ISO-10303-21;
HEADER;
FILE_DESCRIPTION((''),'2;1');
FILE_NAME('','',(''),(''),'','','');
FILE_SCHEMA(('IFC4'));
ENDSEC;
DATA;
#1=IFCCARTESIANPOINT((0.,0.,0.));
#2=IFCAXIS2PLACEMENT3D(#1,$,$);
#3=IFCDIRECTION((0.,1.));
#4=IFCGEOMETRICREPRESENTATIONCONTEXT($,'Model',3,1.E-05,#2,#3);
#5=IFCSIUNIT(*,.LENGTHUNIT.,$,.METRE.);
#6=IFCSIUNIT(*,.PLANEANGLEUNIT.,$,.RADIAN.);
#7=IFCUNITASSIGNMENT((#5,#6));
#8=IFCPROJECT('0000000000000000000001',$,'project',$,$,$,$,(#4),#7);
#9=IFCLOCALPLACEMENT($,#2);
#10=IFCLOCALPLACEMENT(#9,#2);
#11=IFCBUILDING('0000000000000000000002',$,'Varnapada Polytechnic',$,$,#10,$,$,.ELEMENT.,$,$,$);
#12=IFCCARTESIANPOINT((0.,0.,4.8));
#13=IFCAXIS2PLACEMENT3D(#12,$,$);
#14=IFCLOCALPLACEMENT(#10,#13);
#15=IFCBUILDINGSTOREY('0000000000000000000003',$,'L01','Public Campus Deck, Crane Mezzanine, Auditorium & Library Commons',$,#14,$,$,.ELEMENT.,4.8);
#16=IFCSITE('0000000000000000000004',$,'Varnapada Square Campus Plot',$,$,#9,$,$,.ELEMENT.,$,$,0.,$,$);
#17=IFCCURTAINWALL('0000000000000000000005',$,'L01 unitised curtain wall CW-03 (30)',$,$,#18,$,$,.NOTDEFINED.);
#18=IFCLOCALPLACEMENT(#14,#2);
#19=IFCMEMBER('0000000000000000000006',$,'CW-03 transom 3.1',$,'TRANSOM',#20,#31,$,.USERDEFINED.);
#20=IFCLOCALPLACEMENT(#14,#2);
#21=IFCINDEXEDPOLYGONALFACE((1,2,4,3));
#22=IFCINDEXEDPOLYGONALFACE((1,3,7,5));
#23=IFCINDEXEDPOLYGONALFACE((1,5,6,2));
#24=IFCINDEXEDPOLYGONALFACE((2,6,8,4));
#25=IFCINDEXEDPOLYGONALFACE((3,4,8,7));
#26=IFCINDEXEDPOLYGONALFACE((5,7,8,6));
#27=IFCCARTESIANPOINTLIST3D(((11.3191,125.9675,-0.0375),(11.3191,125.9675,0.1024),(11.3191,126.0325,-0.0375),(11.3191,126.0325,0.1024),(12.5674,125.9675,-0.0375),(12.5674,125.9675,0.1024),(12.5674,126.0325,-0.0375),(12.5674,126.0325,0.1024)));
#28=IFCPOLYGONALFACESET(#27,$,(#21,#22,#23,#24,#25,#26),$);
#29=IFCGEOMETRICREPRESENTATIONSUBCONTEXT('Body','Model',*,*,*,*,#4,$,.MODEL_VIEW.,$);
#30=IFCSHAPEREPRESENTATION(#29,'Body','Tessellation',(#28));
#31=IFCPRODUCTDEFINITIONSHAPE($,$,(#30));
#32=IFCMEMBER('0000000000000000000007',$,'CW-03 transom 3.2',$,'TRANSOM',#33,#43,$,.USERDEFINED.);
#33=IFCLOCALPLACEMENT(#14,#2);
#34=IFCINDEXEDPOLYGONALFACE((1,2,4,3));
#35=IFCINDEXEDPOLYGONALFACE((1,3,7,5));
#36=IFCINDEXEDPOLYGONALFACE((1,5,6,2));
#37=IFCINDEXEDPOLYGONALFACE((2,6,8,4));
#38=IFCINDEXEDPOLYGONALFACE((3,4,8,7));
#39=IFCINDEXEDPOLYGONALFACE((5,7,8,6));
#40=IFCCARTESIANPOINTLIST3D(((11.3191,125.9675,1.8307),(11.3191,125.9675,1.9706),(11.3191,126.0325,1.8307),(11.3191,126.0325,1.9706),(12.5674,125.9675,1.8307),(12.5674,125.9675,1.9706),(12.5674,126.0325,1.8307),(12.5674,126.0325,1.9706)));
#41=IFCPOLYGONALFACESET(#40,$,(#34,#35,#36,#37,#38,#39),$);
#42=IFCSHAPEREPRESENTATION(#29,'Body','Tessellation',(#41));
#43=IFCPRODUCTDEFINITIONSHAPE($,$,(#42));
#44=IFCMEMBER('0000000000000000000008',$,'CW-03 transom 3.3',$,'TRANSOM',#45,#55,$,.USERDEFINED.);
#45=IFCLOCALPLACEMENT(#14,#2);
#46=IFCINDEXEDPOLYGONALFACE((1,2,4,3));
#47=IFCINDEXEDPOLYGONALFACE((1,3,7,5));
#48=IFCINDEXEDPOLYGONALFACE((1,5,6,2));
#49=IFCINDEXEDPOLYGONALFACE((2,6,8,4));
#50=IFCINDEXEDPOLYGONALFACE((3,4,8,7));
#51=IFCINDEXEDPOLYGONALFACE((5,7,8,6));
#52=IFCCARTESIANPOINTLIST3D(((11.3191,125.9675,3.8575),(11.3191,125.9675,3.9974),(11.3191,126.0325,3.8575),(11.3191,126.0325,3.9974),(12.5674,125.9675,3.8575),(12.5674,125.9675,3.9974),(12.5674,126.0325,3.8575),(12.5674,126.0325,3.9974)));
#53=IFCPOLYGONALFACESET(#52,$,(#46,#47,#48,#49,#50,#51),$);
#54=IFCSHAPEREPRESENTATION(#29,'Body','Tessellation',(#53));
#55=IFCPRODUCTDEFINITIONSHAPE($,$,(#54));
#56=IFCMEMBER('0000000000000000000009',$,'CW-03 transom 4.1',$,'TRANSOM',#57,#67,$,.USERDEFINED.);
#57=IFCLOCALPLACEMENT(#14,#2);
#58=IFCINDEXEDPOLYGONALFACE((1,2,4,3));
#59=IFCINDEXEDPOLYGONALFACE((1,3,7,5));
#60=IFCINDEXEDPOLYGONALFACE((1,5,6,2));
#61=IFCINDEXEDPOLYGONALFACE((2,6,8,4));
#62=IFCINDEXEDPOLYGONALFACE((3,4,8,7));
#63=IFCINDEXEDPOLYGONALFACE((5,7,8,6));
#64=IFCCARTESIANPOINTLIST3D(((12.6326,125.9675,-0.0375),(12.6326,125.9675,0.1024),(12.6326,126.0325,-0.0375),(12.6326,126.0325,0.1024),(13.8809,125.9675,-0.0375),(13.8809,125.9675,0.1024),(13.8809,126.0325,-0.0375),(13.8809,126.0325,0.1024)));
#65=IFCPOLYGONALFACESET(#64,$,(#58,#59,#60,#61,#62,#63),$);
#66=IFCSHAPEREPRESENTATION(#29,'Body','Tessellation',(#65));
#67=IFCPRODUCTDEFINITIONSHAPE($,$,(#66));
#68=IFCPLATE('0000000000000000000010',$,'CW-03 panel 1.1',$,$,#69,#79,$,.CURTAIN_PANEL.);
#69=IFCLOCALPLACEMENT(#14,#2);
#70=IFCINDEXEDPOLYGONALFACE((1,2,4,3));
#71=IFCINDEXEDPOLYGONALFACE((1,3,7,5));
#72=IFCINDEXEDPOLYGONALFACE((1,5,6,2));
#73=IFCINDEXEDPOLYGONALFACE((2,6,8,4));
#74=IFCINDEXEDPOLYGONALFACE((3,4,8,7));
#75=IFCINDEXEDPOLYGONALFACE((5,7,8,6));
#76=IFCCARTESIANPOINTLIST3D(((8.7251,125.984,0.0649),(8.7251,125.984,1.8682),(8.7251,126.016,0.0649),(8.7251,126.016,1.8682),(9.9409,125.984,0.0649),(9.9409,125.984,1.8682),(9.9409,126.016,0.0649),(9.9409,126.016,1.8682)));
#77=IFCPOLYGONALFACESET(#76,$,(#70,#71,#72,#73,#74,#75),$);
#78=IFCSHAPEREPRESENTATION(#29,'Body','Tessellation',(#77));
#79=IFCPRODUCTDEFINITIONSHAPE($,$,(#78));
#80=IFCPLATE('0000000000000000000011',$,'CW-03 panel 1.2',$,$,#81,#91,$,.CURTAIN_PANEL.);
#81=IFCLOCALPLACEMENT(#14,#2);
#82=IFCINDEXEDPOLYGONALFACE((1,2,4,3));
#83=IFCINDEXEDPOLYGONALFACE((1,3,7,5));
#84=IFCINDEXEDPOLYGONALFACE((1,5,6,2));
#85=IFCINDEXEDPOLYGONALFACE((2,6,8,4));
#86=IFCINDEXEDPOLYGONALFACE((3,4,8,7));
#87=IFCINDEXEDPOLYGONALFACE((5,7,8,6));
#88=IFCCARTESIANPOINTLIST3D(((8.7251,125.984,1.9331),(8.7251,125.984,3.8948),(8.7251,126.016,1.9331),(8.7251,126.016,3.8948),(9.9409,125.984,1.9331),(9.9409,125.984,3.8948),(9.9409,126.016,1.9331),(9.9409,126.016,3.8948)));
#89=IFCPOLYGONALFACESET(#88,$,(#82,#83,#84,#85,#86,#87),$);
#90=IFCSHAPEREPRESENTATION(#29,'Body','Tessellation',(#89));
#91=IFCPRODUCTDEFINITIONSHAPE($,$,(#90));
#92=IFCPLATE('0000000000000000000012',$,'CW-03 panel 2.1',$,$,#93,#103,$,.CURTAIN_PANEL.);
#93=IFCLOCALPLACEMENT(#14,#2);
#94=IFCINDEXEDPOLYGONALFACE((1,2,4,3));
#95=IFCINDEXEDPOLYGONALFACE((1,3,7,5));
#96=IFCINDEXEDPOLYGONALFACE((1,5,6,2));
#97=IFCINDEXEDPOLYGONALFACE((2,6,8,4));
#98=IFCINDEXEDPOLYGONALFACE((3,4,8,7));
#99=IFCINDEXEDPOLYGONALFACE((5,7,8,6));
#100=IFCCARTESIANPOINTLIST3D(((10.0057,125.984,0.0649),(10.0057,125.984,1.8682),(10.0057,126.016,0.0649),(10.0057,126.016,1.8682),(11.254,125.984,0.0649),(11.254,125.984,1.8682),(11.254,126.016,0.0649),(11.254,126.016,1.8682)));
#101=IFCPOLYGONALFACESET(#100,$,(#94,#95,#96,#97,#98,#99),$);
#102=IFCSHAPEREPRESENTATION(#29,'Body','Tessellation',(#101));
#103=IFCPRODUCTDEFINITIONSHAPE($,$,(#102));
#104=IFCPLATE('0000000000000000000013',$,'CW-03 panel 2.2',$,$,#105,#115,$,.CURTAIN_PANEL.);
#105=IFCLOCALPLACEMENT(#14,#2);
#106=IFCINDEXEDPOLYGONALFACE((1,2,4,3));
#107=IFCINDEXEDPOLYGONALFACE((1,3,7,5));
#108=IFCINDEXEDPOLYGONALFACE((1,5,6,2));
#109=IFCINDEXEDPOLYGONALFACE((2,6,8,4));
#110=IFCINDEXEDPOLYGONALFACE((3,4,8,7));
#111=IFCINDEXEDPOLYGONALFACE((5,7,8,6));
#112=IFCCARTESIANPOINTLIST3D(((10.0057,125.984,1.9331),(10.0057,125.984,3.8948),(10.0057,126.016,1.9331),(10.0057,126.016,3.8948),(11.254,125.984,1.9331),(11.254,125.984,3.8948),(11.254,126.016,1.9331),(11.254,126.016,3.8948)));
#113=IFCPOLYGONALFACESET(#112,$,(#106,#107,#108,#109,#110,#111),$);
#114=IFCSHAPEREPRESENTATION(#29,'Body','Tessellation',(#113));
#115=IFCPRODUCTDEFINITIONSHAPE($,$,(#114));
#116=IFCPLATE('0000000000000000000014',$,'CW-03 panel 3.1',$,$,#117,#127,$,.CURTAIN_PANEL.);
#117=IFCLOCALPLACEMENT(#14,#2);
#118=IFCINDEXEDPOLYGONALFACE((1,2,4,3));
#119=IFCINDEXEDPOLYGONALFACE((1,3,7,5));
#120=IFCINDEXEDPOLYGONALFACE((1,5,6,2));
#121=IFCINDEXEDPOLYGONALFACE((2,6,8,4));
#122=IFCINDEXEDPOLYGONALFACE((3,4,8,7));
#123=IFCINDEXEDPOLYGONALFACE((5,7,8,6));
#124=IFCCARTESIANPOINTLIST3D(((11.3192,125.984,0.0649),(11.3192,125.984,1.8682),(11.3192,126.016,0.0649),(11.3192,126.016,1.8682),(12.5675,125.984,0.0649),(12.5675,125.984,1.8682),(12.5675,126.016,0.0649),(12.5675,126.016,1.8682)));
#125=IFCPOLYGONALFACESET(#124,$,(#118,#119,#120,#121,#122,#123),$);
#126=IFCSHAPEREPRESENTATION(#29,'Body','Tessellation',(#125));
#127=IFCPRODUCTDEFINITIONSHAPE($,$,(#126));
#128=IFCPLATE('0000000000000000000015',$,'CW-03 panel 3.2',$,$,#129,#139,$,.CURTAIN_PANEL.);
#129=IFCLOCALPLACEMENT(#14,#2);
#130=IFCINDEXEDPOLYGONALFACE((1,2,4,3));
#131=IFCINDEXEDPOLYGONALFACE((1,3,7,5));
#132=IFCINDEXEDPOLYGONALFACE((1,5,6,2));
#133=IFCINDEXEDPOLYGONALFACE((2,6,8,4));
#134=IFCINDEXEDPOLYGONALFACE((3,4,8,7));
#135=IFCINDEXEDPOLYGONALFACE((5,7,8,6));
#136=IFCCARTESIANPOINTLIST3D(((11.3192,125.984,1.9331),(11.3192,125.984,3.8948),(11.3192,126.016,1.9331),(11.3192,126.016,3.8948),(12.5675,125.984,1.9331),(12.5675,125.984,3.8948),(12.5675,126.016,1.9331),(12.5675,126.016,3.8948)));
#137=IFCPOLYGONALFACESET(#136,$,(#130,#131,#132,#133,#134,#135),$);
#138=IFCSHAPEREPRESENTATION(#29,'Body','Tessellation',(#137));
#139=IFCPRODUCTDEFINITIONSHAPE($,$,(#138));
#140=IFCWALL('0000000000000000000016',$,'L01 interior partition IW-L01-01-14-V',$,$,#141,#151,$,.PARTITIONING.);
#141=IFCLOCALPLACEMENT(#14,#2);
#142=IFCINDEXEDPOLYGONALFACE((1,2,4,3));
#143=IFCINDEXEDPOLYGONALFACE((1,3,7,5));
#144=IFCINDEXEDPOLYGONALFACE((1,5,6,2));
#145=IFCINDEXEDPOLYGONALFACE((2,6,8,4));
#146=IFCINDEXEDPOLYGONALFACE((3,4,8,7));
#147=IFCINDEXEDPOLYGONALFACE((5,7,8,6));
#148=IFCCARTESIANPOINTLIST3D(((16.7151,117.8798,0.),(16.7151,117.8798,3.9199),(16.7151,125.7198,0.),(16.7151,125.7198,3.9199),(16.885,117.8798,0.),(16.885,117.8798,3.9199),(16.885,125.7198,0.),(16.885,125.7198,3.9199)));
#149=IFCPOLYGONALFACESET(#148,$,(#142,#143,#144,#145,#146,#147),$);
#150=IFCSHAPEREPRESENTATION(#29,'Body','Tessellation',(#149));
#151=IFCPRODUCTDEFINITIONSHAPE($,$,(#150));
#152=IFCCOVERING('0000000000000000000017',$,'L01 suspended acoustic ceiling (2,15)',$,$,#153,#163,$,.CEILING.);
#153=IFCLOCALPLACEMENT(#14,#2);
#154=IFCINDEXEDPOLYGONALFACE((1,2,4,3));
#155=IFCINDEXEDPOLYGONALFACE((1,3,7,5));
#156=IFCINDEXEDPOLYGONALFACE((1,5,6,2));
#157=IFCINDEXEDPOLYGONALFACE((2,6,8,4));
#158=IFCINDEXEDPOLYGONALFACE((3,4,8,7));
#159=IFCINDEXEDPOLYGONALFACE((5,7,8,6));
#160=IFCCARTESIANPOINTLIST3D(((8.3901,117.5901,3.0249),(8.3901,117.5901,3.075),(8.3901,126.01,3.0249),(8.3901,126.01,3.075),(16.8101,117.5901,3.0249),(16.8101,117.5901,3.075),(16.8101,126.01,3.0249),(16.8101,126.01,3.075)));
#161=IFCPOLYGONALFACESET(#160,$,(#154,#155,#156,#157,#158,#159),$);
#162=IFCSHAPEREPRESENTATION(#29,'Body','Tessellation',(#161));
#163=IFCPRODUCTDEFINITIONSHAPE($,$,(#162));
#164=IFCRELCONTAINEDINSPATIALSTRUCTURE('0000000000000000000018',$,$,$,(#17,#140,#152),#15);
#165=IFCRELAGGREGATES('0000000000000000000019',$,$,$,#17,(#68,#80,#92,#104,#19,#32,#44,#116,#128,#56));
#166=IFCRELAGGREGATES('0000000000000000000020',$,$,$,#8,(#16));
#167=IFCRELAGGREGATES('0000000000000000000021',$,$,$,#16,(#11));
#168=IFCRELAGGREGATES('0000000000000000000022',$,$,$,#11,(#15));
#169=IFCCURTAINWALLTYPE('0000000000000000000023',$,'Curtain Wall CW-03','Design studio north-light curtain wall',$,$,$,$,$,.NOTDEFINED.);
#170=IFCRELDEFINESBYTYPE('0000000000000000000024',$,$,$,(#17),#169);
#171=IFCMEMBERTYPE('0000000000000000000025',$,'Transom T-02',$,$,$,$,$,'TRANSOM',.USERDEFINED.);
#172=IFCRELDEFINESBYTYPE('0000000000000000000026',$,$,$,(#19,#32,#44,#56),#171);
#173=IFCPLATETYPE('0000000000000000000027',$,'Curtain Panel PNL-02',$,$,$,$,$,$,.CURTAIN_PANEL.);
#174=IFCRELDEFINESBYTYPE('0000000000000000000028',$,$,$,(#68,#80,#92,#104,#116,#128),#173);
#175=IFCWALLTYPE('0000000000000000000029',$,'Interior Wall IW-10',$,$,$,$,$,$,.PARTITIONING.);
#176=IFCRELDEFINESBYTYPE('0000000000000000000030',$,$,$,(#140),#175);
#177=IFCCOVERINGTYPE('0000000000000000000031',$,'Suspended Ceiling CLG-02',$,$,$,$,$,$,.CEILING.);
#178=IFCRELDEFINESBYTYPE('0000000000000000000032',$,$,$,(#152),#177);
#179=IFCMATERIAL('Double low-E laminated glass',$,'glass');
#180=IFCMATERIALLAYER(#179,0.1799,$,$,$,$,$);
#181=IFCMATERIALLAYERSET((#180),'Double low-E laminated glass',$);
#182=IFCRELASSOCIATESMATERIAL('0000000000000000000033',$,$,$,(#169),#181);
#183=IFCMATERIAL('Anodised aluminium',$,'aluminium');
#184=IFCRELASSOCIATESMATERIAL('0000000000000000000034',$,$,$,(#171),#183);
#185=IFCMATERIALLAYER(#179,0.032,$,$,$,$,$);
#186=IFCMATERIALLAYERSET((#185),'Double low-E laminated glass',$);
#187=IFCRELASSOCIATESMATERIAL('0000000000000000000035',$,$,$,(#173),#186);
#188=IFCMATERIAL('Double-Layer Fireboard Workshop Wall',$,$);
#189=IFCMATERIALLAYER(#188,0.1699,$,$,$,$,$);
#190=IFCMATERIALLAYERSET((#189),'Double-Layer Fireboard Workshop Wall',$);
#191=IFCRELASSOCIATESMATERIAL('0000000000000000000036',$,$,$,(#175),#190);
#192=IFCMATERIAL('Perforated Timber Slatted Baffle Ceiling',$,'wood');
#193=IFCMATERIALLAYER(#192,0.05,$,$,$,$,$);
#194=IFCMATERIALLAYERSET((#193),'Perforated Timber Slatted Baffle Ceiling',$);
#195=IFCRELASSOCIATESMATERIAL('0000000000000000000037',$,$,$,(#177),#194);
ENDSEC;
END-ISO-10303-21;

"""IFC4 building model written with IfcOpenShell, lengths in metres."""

from ifc_helpers import new_model, si_unit, direction, frame, frame_2d, origin, origin_2d, place, context, subcontext, project, spatial, rectangle, extrude, material, layer, layer_set, material_profile, profile_set, type_object, element, aggregate, save


model = new_model("IFC4")

# Units and contexts
model_context = context("Model", 3, precision=1e-05, world=origin(), true_north=direction((0.0, 1.0)))
body_context = subcontext(model_context, "Body", "Model", "MODEL_VIEW")
ifc_project = project(units=[si_unit("LENGTHUNIT", "METRE"), si_unit("PLANEANGLEUNIT", "RADIAN")], contexts=[model_context])

# Site, building, storey
site_placement = place(None, origin())
site = spatial("IfcSite", under=ifc_project, at=site_placement, Name="Varnapada Square Campus Plot", CompositionType="ELEMENT", RefElevation=0.0)
building_placement = place(site_placement, origin())
building = spatial("IfcBuilding", under=site, at=building_placement, Name="Varnapada Polytechnic", CompositionType="ELEMENT")
storey_placement = place(building_placement, frame((0.0, 0.0, 4.8)))
storey = spatial("IfcBuildingStorey", under=building, at=storey_placement, Name="L01", Description="Public Campus Deck, Crane Mezzanine, Auditorium & Library Commons", CompositionType="ELEMENT", Elevation=4.8)

# Curtain wall
ifc_material_1 = material(Name="Double low-E laminated glass", Category="glass")
ifc_layer_1 = layer(ifc_material_1, 0.1799)
ifc_layer_set_1 = layer_set([ifc_layer_1], Name="Double low-E laminated glass")
curtain_wall_type = type_object("IfcCurtainWallType", Name="Curtain Wall CW-03", Description="Design studio north-light curtain wall", PredefinedType="NOTDEFINED", material=ifc_layer_set_1)
curtain_wall_placement = place(storey_placement, origin())
curtain_wall = element("IfcCurtainWall", 1, at=curtain_wall_placement, inside=storey, type_object=curtain_wall_type, Name="L01 unitised curtain wall CW-03 (30)", PredefinedType="NOTDEFINED")
ifc_material_2 = material(Name="Anodised aluminium", Category="aluminium")

# Members
ifc_material_profile_1 = material_profile(ifc_material_2, rectangle(XDim=0.0649, YDim=0.1399, at=origin_2d()), Name="ALU T65x140")
ifc_profile_set_1 = profile_set([ifc_material_profile_1], Name="Anodised aluminium")
member_type_1 = type_object("IfcMemberType", Name="Transom T-02", ElementType="TRANSOM", PredefinedType="USERDEFINED", material=ifc_profile_set_1)
member_1_placement = place(storey_placement, frame((11.3191, 126.0, 0.0325), z_axis=(1.0, 0.0, 0.0), x_axis=(0.0, 1.0, 0.0)))
member_1 = element("IfcMember", 2, at=member_1_placement, type_object=member_type_1, Name="CW-03 transom 3.1", ObjectType="TRANSOM", PredefinedType="USERDEFINED", context=body_context, shape_type="SweptSolid", body=[
    extrude(rectangle(XDim=0.0649, YDim=0.1399, at=origin_2d()), origin(), (0.0, 0.0, 1.0), 1.2483),
])
member_2_placement = place(storey_placement, frame((11.3191, 126.0, 1.9006), z_axis=(1.0, 0.0, 0.0), x_axis=(0.0, 1.0, 0.0)))
member_2 = element("IfcMember", 3, at=member_2_placement, type_object=member_type_1, Name="CW-03 transom 3.2", ObjectType="TRANSOM", PredefinedType="USERDEFINED", context=body_context, shape_type="SweptSolid", body=[
    extrude(rectangle(XDim=0.0649, YDim=0.1399, at=origin_2d()), origin(), (0.0, 0.0, 1.0), 1.2483),
])
member_3_placement = place(storey_placement, frame((11.3191, 126.0, 3.9275), z_axis=(1.0, 0.0, 0.0), x_axis=(0.0, 1.0, 0.0)))
member_3 = element("IfcMember", 4, at=member_3_placement, type_object=member_type_1, Name="CW-03 transom 3.3", ObjectType="TRANSOM", PredefinedType="USERDEFINED", context=body_context, shape_type="SweptSolid", body=[
    extrude(rectangle(XDim=0.0649, YDim=0.1399, at=origin_2d()), origin(), (0.0, 0.0, 1.0), 1.2483),
])
member_4_placement = place(storey_placement, frame((12.6326, 126.0, 0.0325), z_axis=(1.0, 0.0, 0.0), x_axis=(0.0, 1.0, 0.0)))
member_4 = element("IfcMember", 5, at=member_4_placement, type_object=member_type_1, Name="CW-03 transom 4.1", ObjectType="TRANSOM", PredefinedType="USERDEFINED", context=body_context, shape_type="SweptSolid", body=[
    extrude(rectangle(XDim=0.0649, YDim=0.1399, at=origin_2d()), origin(), (0.0, 0.0, 1.0), 1.2483),
])

# Plates
ifc_layer_2 = layer(ifc_material_1, 0.032)
ifc_layer_set_2 = layer_set([ifc_layer_2], Name="Double low-E laminated glass")
plate_type = type_object("IfcPlateType", Name="Curtain Panel PNL-02", PredefinedType="CURTAIN_PANEL", material=ifc_layer_set_2)
plate_1_placement = place(storey_placement, frame((9.333, 126.0, 0.0649), z_axis=(0.0, 0.0, 1.0), x_axis=(1.0, 0.0, 0.0)))
plate_1 = element("IfcPlate", 6, at=plate_1_placement, type_object=plate_type, Name="CW-03 panel 1.1", PredefinedType="CURTAIN_PANEL", context=body_context, shape_type="SweptSolid", body=[
    extrude(rectangle(XDim=1.2158, YDim=0.032, at=origin_2d()), origin(), (0.0, 0.0, 1.0), 1.8032),
])
plate_2_placement = place(storey_placement, frame((9.333, 126.0, 1.9331), z_axis=(0.0, 0.0, 1.0), x_axis=(1.0, 0.0, 0.0)))
plate_2 = element("IfcPlate", 7, at=plate_2_placement, type_object=plate_type, Name="CW-03 panel 1.2", PredefinedType="CURTAIN_PANEL", context=body_context, shape_type="SweptSolid", body=[
    extrude(rectangle(XDim=1.2158, YDim=0.032, at=origin_2d()), origin(), (0.0, 0.0, 1.0), 1.9617),
])
plate_3_placement = place(storey_placement, frame((10.6299, 126.0, 0.0649), z_axis=(0.0, 0.0, 1.0), x_axis=(1.0, 0.0, 0.0)))
plate_3 = element("IfcPlate", 8, at=plate_3_placement, type_object=plate_type, Name="CW-03 panel 2.1", PredefinedType="CURTAIN_PANEL", context=body_context, shape_type="SweptSolid", body=[
    extrude(rectangle(XDim=1.2483, YDim=0.032, at=origin_2d()), origin(), (0.0, 0.0, 1.0), 1.8032),
])
plate_4_placement = place(storey_placement, frame((10.6299, 126.0, 1.9331), z_axis=(0.0, 0.0, 1.0), x_axis=(1.0, 0.0, 0.0)))
plate_4 = element("IfcPlate", 9, at=plate_4_placement, type_object=plate_type, Name="CW-03 panel 2.2", PredefinedType="CURTAIN_PANEL", context=body_context, shape_type="SweptSolid", body=[
    extrude(rectangle(XDim=1.2483, YDim=0.032, at=origin_2d()), origin(), (0.0, 0.0, 1.0), 1.9617),
])
plate_5_placement = place(storey_placement, frame((11.9434, 126.0, 0.0649), z_axis=(0.0, 0.0, 1.0), x_axis=(1.0, 0.0, 0.0)))
plate_5 = element("IfcPlate", 10, at=plate_5_placement, type_object=plate_type, Name="CW-03 panel 3.1", PredefinedType="CURTAIN_PANEL", context=body_context, shape_type="SweptSolid", body=[
    extrude(rectangle(XDim=1.2483, YDim=0.032, at=origin_2d()), origin(), (0.0, 0.0, 1.0), 1.8032),
])
plate_6_placement = place(storey_placement, frame((11.9434, 126.0, 1.9331), z_axis=(0.0, 0.0, 1.0), x_axis=(1.0, 0.0, 0.0)))
plate_6 = element("IfcPlate", 11, at=plate_6_placement, type_object=plate_type, Name="CW-03 panel 3.2", PredefinedType="CURTAIN_PANEL", context=body_context, shape_type="SweptSolid", body=[
    extrude(rectangle(XDim=1.2483, YDim=0.032, at=origin_2d()), origin(), (0.0, 0.0, 1.0), 1.9617),
])
aggregate(curtain_wall, [plate_1, plate_2, plate_3, plate_4, member_1, member_2, member_3, plate_5, plate_6, member_4])

# Wall
ifc_material_3 = material(Name="Double-Layer Fireboard Workshop Wall")
ifc_layer_3 = layer(ifc_material_3, 0.1699)
ifc_layer_set_3 = layer_set([ifc_layer_3], Name="Double-Layer Fireboard Workshop Wall")
wall_type = type_object("IfcWallType", Name="Interior Wall IW-10", PredefinedType="PARTITIONING", material=ifc_layer_set_3)
wall_placement = place(storey_placement, frame((16.8, 117.8799, 0.0), z_axis=(0.0, 0.0, 1.0), x_axis=(0.0, 1.0, 0.0)))
element("IfcWall", 12, at=wall_placement, inside=storey, type_object=wall_type, Name="L01 interior partition IW-L01-01-14-V", PredefinedType="PARTITIONING", context=body_context, shape_type="SweptSolid", body=[
    extrude(rectangle(XDim=7.8401, YDim=0.1699, at=frame_2d((3.9199, 0.0))), origin(), (0.0, 0.0, 1.0), 3.9199),
])

# Covering
ifc_material_4 = material(Name="Perforated Timber Slatted Baffle Ceiling", Category="wood")
ifc_layer_4 = layer(ifc_material_4, 0.05)
ifc_layer_set_4 = layer_set([ifc_layer_4], Name="Perforated Timber Slatted Baffle Ceiling")
covering_type = type_object("IfcCoveringType", Name="Suspended Ceiling CLG-02", PredefinedType="CEILING", material=ifc_layer_set_4)
covering_placement = place(storey_placement, frame((12.6001, 121.8, 3.0249), z_axis=(0.0, 0.0, 1.0), x_axis=(1.0, 0.0, 0.0)))
element("IfcCovering", 13, at=covering_placement, inside=storey, type_object=covering_type, Name="L01 suspended acoustic ceiling (2,15)", PredefinedType="CEILING", context=body_context, shape_type="SweptSolid", body=[
    extrude(rectangle(XDim=8.4199, YDim=8.4199, at=origin_2d()), origin(), (0.0, 0.0, 1.0), 0.05),
])

save(model, "model.ifc")
